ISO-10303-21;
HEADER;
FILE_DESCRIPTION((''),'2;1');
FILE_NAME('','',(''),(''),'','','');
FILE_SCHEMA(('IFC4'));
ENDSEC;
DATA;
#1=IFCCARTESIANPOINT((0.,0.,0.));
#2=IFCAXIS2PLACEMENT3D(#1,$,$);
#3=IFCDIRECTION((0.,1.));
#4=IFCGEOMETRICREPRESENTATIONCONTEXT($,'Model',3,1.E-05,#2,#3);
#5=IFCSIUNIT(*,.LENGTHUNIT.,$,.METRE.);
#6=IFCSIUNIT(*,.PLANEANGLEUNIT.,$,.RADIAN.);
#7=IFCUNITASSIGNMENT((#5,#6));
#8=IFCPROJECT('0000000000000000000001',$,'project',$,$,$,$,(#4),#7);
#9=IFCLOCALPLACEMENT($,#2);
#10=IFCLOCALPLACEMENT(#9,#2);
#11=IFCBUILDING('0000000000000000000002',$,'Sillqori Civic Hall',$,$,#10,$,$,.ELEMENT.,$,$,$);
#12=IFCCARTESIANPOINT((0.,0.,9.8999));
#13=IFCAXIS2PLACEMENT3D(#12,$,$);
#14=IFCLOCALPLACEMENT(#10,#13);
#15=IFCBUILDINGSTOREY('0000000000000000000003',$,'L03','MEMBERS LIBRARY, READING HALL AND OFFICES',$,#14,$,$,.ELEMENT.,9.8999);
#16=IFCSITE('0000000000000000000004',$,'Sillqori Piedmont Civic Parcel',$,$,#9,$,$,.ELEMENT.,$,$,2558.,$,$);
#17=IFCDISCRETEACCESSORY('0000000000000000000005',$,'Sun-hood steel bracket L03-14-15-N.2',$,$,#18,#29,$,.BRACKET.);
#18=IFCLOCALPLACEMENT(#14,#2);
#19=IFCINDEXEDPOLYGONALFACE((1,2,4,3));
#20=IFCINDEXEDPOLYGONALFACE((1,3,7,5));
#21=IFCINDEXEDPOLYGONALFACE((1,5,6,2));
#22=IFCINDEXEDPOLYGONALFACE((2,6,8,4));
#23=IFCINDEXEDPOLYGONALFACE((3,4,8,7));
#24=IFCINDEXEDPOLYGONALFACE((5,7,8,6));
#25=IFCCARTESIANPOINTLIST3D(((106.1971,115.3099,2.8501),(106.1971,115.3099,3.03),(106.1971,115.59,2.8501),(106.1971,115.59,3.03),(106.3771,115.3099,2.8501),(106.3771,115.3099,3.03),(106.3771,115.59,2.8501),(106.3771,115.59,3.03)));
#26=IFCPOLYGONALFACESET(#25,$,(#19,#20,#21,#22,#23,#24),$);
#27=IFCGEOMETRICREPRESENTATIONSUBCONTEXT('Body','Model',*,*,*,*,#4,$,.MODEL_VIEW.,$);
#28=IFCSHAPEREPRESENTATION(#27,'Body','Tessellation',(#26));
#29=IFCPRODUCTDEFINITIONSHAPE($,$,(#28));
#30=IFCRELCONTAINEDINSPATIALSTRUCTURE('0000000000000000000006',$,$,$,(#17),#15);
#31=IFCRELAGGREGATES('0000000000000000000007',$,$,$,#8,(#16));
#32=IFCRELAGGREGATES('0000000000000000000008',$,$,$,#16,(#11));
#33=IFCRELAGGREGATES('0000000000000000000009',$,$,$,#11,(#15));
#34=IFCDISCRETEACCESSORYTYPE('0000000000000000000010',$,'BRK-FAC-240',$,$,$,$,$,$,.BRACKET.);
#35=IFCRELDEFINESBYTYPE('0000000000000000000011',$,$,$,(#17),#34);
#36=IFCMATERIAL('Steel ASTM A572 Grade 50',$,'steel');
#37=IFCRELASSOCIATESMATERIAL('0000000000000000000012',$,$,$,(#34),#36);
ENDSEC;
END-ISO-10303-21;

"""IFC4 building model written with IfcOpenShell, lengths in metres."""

from ifc_helpers import new_model, si_unit, direction, frame, origin, origin_2d, place, context, subcontext, project, spatial, rectangle, extrude, material, type_object, element, save


model = new_model("IFC4")

# Units and contexts
model_context = context("Model", 3, precision=1e-05, world=origin(), true_north=direction((0.0, 1.0)))
body_context = subcontext(model_context, "Body", "Model", "MODEL_VIEW")
ifc_project = project(units=[si_unit("LENGTHUNIT", "METRE"), si_unit("PLANEANGLEUNIT", "RADIAN")], contexts=[model_context])

# Site, building, storey
site_placement = place(None, origin())
site = spatial("IfcSite", under=ifc_project, at=site_placement, Name="Sillqori Piedmont Civic Parcel", CompositionType="ELEMENT", RefElevation=2558.0)
building_placement = place(site_placement, origin())
building = spatial("IfcBuilding", under=site, at=building_placement, Name="Sillqori Civic Hall", CompositionType="ELEMENT")
storey_placement = place(building_placement, frame((0.0, 0.0, 9.8999)))
storey = spatial("IfcBuildingStorey", under=building, at=storey_placement, Name="L03", Description="MEMBERS LIBRARY, READING HALL AND OFFICES", CompositionType="ELEMENT", Elevation=9.8999)

# Discrete accessory
ifc_material_1 = material(Name="Steel ASTM A572 Grade 50", Category="steel")
discrete_accessory_type = type_object("IfcDiscreteAccessoryType", Name="BRK-FAC-240", PredefinedType="BRACKET", material=ifc_material_1)
for number, where, z_axis, x_axis, name in (
    (1, (106.2871, 115.45, 2.8501), (0.0, 0.0, 1.0), (1.0, 0.0, 0.0), "Sun-hood steel bracket L03-14-15-N.2"),
):
    element("IfcDiscreteAccessory", number, at=place(storey_placement, frame(where, z_axis=z_axis, x_axis=x_axis)), inside=storey, type_object=discrete_accessory_type, Name=name, PredefinedType="BRACKET", context=body_context, shape_type="SweptSolid", body=[
        extrude(rectangle(XDim=0.1799, YDim=0.28, at=origin_2d()), origin(), (0.0, 0.0, 1.0), 0.1799),
    ])

save(model, "model.ifc")
